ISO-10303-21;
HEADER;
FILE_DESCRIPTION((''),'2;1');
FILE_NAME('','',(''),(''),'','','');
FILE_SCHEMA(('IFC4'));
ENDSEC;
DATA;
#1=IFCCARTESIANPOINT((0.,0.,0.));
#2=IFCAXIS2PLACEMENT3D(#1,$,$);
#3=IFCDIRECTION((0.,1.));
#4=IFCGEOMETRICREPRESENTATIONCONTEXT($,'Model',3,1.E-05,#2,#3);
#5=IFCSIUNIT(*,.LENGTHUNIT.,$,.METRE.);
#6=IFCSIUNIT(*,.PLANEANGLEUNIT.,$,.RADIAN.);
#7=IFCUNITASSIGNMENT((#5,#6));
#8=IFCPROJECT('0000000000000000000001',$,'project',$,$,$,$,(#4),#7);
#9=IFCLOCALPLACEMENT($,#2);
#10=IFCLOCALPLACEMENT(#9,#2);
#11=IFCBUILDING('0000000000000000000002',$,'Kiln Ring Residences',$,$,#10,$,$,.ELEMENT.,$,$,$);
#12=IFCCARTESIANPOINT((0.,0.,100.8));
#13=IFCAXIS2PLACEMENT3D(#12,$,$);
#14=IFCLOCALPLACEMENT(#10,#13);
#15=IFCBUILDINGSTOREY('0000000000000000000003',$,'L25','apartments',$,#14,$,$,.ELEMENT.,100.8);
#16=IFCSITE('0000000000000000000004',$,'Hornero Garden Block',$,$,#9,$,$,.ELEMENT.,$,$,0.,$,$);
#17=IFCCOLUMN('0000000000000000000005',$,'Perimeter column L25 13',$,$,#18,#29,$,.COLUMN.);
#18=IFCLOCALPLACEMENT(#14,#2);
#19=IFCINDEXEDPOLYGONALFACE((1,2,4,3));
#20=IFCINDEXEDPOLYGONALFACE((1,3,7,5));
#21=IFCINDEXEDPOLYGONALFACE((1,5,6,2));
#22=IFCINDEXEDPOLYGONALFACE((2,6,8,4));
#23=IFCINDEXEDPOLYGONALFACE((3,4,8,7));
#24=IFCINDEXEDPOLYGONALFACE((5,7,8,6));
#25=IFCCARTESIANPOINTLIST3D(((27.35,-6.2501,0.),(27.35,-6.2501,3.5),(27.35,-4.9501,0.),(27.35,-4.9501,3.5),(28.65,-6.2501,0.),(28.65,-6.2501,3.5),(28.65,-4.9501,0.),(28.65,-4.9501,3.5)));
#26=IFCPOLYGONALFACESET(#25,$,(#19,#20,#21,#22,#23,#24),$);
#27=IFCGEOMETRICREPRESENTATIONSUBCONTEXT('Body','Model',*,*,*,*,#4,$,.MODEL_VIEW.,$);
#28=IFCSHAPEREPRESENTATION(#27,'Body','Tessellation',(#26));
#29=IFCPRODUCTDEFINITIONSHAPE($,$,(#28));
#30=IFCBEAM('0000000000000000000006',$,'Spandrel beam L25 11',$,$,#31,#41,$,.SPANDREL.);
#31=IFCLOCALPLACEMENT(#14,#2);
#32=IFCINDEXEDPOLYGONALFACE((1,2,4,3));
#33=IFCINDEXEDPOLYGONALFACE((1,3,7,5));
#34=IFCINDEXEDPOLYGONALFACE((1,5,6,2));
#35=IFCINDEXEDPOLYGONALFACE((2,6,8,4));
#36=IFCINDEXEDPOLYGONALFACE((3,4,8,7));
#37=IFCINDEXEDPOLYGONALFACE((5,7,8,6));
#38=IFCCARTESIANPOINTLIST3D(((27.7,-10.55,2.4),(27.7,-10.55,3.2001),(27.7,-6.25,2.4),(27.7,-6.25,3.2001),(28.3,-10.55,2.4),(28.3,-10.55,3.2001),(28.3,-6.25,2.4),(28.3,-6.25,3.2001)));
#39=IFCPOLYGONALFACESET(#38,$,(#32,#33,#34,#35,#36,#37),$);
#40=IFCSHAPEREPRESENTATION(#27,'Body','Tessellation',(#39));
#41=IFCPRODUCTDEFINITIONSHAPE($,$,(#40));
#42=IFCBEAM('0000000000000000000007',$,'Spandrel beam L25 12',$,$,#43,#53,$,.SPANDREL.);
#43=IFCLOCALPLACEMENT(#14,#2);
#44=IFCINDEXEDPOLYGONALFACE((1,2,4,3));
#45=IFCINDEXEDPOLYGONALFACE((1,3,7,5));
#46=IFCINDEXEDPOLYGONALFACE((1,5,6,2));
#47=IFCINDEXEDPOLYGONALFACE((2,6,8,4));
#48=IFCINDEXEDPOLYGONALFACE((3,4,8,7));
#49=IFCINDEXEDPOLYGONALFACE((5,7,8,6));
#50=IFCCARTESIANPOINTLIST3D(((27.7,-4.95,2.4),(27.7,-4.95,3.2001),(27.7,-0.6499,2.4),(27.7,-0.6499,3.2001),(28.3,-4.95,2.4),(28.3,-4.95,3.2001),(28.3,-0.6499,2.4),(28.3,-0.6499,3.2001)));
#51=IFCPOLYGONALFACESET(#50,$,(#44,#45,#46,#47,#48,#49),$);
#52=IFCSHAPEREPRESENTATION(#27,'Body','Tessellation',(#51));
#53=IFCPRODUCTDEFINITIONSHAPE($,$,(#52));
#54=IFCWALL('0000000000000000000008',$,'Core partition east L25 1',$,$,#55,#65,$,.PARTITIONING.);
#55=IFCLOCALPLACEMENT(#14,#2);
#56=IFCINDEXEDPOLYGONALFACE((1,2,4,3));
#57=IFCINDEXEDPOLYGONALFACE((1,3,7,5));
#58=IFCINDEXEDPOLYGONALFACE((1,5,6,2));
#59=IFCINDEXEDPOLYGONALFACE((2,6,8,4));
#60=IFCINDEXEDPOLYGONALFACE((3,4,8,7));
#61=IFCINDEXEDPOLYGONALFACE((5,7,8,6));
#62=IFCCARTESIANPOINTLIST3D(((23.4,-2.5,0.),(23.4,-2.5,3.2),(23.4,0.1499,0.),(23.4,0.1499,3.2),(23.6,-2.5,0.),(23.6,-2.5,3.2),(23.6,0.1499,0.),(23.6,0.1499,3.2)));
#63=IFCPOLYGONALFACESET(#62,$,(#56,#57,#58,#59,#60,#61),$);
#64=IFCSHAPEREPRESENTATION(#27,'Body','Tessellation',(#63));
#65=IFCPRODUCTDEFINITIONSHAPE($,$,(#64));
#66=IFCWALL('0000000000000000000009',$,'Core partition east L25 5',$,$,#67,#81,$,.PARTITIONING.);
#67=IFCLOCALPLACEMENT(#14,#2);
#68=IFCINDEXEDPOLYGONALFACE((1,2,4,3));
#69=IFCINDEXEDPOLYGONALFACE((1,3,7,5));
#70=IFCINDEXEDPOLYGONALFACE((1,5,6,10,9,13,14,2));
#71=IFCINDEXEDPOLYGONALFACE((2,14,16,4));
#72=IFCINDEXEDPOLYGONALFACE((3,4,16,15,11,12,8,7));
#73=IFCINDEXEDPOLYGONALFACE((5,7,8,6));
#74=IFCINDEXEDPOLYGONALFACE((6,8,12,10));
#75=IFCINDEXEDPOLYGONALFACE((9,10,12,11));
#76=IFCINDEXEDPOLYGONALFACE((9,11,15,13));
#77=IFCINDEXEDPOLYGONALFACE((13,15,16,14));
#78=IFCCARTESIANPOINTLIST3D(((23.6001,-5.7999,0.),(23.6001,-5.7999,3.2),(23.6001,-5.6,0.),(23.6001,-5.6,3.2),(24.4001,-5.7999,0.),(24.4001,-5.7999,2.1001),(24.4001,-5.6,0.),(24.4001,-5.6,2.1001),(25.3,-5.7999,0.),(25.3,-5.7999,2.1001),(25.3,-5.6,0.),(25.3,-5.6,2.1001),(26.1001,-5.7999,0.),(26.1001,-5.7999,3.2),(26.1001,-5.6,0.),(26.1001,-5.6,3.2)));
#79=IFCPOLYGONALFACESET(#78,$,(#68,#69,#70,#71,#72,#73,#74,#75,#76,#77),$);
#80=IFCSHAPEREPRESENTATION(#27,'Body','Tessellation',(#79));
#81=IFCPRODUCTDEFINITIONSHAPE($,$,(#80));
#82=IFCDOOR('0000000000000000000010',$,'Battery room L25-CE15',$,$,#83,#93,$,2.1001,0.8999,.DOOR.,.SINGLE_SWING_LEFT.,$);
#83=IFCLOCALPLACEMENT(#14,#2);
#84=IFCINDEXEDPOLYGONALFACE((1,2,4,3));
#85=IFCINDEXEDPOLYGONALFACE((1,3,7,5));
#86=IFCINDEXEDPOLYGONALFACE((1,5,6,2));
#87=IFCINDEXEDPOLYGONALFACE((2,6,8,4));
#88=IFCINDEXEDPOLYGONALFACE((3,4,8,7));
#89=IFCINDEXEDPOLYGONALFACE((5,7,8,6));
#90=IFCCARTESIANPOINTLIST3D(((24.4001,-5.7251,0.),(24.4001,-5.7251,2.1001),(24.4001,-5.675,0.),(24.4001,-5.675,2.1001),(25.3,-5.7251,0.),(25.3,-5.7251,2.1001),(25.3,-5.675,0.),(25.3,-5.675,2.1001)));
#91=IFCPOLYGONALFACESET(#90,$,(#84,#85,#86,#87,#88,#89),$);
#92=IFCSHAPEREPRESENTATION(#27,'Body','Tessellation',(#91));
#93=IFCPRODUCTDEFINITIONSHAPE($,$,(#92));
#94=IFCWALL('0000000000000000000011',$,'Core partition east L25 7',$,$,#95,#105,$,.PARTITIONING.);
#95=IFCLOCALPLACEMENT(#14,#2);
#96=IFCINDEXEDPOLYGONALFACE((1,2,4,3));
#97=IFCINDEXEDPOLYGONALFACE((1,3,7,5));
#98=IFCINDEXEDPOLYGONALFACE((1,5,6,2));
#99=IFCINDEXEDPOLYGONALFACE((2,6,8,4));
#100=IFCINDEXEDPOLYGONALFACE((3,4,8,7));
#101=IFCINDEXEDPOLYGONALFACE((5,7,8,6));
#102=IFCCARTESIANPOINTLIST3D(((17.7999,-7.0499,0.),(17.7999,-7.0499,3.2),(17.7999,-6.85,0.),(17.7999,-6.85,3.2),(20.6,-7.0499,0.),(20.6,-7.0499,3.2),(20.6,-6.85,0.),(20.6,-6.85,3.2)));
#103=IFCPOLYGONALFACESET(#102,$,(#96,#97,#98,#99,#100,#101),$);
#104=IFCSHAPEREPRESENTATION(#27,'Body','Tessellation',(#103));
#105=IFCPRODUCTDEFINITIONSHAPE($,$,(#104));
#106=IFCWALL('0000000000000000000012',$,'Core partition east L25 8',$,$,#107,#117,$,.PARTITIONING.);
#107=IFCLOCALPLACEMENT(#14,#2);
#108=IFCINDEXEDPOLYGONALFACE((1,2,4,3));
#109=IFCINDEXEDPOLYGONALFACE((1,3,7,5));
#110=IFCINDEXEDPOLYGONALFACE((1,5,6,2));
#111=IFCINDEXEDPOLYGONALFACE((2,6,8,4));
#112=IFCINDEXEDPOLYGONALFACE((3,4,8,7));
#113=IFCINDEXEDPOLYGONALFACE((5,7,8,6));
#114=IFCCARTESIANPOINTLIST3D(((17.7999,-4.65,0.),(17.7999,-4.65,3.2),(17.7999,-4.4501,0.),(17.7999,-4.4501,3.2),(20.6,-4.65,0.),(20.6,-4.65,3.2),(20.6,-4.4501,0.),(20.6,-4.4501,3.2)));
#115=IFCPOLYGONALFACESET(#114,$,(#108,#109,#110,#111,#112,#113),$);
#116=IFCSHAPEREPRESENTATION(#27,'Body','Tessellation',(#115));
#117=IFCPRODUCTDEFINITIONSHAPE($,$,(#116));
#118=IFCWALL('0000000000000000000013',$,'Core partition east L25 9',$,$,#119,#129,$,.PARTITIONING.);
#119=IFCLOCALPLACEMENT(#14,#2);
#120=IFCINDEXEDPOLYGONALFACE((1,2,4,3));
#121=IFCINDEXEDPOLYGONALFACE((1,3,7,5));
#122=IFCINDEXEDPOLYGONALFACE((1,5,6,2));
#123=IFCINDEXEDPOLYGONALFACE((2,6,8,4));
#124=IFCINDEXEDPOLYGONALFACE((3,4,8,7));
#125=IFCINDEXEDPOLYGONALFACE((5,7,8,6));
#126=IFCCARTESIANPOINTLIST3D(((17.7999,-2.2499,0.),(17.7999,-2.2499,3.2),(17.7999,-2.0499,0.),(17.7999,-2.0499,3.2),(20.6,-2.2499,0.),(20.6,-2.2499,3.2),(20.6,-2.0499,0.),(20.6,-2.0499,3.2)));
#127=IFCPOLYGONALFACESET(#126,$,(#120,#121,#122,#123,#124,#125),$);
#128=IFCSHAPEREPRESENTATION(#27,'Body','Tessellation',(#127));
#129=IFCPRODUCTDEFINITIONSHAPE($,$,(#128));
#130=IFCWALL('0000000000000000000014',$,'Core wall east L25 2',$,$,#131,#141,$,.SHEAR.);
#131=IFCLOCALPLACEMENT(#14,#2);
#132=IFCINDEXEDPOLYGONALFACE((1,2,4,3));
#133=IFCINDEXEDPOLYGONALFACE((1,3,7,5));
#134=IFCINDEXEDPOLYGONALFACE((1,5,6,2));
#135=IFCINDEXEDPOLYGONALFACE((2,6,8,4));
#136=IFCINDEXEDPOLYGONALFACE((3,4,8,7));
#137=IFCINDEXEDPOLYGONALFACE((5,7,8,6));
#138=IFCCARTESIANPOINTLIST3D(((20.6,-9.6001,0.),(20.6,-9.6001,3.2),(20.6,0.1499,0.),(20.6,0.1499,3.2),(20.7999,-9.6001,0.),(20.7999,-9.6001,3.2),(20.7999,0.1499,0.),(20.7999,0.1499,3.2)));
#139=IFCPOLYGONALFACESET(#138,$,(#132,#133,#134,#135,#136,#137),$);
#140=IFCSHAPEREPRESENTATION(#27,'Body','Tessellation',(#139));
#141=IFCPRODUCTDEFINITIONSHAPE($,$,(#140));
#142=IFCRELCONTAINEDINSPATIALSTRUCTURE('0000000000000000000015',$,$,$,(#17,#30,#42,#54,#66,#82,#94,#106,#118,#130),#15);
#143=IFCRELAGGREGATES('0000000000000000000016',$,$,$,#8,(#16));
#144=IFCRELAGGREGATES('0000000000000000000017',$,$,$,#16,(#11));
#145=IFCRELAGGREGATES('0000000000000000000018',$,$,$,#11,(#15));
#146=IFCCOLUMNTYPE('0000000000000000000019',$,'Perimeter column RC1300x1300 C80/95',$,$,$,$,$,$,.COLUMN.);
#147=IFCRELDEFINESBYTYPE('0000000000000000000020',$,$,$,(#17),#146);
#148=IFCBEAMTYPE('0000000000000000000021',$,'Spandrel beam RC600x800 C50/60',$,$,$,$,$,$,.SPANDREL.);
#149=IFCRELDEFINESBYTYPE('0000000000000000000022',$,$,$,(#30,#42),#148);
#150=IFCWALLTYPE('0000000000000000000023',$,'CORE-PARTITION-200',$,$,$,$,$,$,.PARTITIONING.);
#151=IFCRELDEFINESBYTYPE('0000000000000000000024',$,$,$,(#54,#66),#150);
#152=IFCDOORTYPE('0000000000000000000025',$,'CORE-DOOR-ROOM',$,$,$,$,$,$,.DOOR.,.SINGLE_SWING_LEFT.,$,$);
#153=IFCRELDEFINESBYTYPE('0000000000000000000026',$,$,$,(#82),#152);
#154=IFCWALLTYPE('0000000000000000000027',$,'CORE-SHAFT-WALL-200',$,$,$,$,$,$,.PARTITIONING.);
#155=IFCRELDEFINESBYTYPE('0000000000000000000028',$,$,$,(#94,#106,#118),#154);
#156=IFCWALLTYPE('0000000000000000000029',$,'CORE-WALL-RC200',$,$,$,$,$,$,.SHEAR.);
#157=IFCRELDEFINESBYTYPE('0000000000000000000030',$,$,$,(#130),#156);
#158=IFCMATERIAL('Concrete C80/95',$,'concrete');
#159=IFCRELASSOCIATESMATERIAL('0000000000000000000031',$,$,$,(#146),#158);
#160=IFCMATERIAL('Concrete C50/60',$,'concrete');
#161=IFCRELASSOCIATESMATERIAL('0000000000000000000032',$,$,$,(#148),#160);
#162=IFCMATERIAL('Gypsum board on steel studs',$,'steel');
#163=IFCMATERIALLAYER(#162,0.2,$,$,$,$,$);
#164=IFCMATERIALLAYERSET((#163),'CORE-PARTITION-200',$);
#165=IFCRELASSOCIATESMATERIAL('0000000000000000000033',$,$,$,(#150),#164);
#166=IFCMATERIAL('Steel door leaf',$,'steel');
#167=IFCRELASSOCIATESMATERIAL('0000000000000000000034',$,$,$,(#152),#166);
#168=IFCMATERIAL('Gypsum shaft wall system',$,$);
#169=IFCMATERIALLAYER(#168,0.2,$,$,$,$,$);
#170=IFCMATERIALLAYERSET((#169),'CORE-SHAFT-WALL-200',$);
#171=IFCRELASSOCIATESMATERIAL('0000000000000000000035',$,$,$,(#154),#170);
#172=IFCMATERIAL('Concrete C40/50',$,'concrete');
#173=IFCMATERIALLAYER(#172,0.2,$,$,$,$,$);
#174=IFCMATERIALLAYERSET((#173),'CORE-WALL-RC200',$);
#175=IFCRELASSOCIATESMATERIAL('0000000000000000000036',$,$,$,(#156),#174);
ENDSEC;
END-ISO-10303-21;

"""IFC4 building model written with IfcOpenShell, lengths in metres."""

from ifc_helpers import new_model, si_unit, direction, frame, frame_2d, origin, origin_2d, place, context, subcontext, project, spatial, rectangle, extrude, material, layer, layer_set, material_profile, profile_set, type_object, element, fill, save


model = new_model("IFC4")

# Units and contexts
model_context = context("Model", 3, precision=1e-05, world=origin(), true_north=direction((0.0, 1.0)))
body_context = subcontext(model_context, "Body", "Model", "MODEL_VIEW")
ifc_project = project(units=[si_unit("LENGTHUNIT", "METRE"), si_unit("PLANEANGLEUNIT", "RADIAN")], contexts=[model_context])

# Site, building, storey
site_placement = place(None, origin())
site = spatial("IfcSite", under=ifc_project, at=site_placement, Name="Hornero Garden Block", CompositionType="ELEMENT", RefElevation=0.0)
building_placement = place(site_placement, origin())
building = spatial("IfcBuilding", under=site, at=building_placement, Name="Kiln Ring Residences", CompositionType="ELEMENT")
storey_placement = place(building_placement, frame((0.0, 0.0, 100.8)))
storey = spatial("IfcBuildingStorey", under=building, at=storey_placement, Name="L25", Description="apartments", CompositionType="ELEMENT", Elevation=100.8)

# Column
ifc_material_1 = material(Name="Concrete C80/95", Category="concrete")
ifc_material_profile_1 = material_profile(ifc_material_1, rectangle(XDim=1.3, YDim=1.3, at=origin_2d()), Name="RC1300x1300")
ifc_profile_set_1 = profile_set([ifc_material_profile_1], Name="Concrete C80/95")
column_type = type_object("IfcColumnType", Name="Perimeter column RC1300x1300 C80/95", PredefinedType="COLUMN", material=ifc_profile_set_1)
column_placement = place(storey_placement, frame((28.0, -5.6001, 0.0), z_axis=(0.0, 0.0, 1.0), x_axis=(1.0, 0.0, 0.0)))
element("IfcColumn", 1, at=column_placement, inside=storey, type_object=column_type, Name="Perimeter column L25 13", PredefinedType="COLUMN", context=body_context, shape_type="SweptSolid", body=[
    extrude(rectangle(XDim=1.3, YDim=1.3, at=origin_2d()), origin(), (0.0, 0.0, 1.0), 3.5),
])

# Beams
ifc_material_2 = material(Name="Concrete C50/60", Category="concrete")
ifc_material_profile_2 = material_profile(ifc_material_2, rectangle(XDim=0.6001, YDim=0.8, at=origin_2d()), Name="RC600x800")
ifc_profile_set_2 = profile_set([ifc_material_profile_2], Name="Concrete C50/60")
beam_type = type_object("IfcBeamType", Name="Spandrel beam RC600x800 C50/60", PredefinedType="SPANDREL", material=ifc_profile_set_2)
for number, where, z_axis, x_axis, name in (
    (2, (28.0, -10.55, 2.8), (0.0, 1.0, 0.0), (-1.0, 0.0, 0.0), "Spandrel beam L25 11"),
    (3, (28.0, -4.95, 2.8), (0.0, 1.0, 0.0), (-1.0, 0.0, 0.0), "Spandrel beam L25 12"),
):
    element("IfcBeam", number, at=place(storey_placement, frame(where, z_axis=z_axis, x_axis=x_axis)), inside=storey, type_object=beam_type, Name=name, PredefinedType="SPANDREL", context=body_context, shape_type="SweptSolid", body=[
        extrude(rectangle(XDim=0.6001, YDim=0.8, at=origin_2d()), origin(), (0.0, 0.0, 1.0), 4.3),
    ])

# Wall
ifc_material_3 = material(Name="Gypsum board on steel studs", Category="steel")
ifc_layer_1 = layer(ifc_material_3, 0.2)
ifc_layer_set_1 = layer_set([ifc_layer_1], Name="CORE-PARTITION-200")
wall_type_1 = type_object("IfcWallType", Name="CORE-PARTITION-200", PredefinedType="PARTITIONING", material=ifc_layer_set_1)
wall_1_placement = place(storey_placement, frame((23.5, -2.5, 0.0), z_axis=(0.0, 0.0, 1.0), x_axis=(0.0, 1.0, 0.0)))
element("IfcWall", 4, at=wall_1_placement, inside=storey, type_object=wall_type_1, Name="Core partition east L25 1", PredefinedType="PARTITIONING", context=body_context, shape_type="SweptSolid", body=[
    extrude(rectangle(XDim=2.6499, YDim=0.2, at=frame_2d((1.325, 0.0))), origin(), (0.0, 0.0, 1.0), 3.2),
])

# Wall, opening, door
wall_2_placement = place(storey_placement, frame((23.6001, -5.7, 0.0), z_axis=(0.0, 0.0, 1.0), x_axis=(1.0, 0.0, 0.0)))
wall_2 = element("IfcWall", 5, at=wall_2_placement, inside=storey, type_object=wall_type_1, Name="Core partition east L25 5", PredefinedType="PARTITIONING", context=body_context, shape_type="SweptSolid", body=[
    extrude(rectangle(XDim=2.5, YDim=0.2, at=frame_2d((1.25, 0.0))), origin(), (0.0, 0.0, 1.0), 3.2),
])
opening_1_placement = place(wall_2_placement, frame((0.8, 0.0, 0.0)))
opening_1 = element("IfcOpeningElement", 6, at=opening_1_placement, cuts=wall_2, PredefinedType="OPENING", context=body_context, shape_type="SweptSolid", body=[
    extrude(rectangle(XDim=0.8999, YDim=2.1001, at=frame_2d((0.45, 1.05))), frame((0.0, 0.1099, 0.0), z_axis=(0.0, -1.0, 0.0), x_axis=(1.0, 0.0, 0.0)), (0.0, 0.0, 1.0), 0.22),
])
ifc_material_4 = material(Name="Steel door leaf", Category="steel")
door_type_1 = type_object("IfcDoorType", Name="CORE-DOOR-ROOM", OperationType="SINGLE_SWING_LEFT", PredefinedType="DOOR", material=ifc_material_4)
door_1_placement = place(opening_1_placement, origin())
door_1 = element("IfcDoor", 7, at=door_1_placement, inside=storey, type_object=door_type_1, Name="Battery room L25-CE15", OperationType="SINGLE_SWING_LEFT", OverallHeight=2.1001, OverallWidth=0.8999, PredefinedType="DOOR", context=body_context, shape_type="SweptSolid", body=[
    extrude(rectangle(XDim=0.8999, YDim=2.1001, at=frame_2d((0.45, 1.05))), frame((0.0, 0.0249, 0.0), z_axis=(0.0, -1.0, 0.0), x_axis=(1.0, 0.0, 0.0)), (0.0, 0.0, 1.0), 0.05),
])
fill(opening_1, door_1)

# Walls
ifc_material_5 = material(Name="Gypsum shaft wall system")
ifc_layer_2 = layer(ifc_material_5, 0.2)
ifc_layer_set_2 = layer_set([ifc_layer_2], Name="CORE-SHAFT-WALL-200")
wall_type_2 = type_object("IfcWallType", Name="CORE-SHAFT-WALL-200", PredefinedType="PARTITIONING", material=ifc_layer_set_2)
for number, where, z_axis, x_axis, name in (
    (8, (17.8, -6.95, 0.0), (0.0, 0.0, 1.0), (1.0, 0.0, 0.0), "Core partition east L25 7"),
    (9, (17.8, -4.55, 0.0), (0.0, 0.0, 1.0), (1.0, 0.0, 0.0), "Core partition east L25 8"),
    (10, (17.8, -2.1499, 0.0), (0.0, 0.0, 1.0), (1.0, 0.0, 0.0), "Core partition east L25 9"),
):
    element("IfcWall", number, at=place(storey_placement, frame(where, z_axis=z_axis, x_axis=x_axis)), inside=storey, type_object=wall_type_2, Name=name, PredefinedType="PARTITIONING", context=body_context, shape_type="SweptSolid", body=[
        extrude(rectangle(XDim=2.8, YDim=0.2, at=frame_2d((1.3999, 0.0))), origin(), (0.0, 0.0, 1.0), 3.2),
    ])
ifc_material_6 = material(Name="Concrete C40/50", Category="concrete")
ifc_layer_3 = layer(ifc_material_6, 0.2)
ifc_layer_set_3 = layer_set([ifc_layer_3], Name="CORE-WALL-RC200")
wall_type_3 = type_object("IfcWallType", Name="CORE-WALL-RC200", PredefinedType="SHEAR", material=ifc_layer_set_3)
wall_3_placement = place(storey_placement, frame((20.7, -9.6001, 0.0), z_axis=(0.0, 0.0, 1.0), x_axis=(0.0, 1.0, 0.0)))
element("IfcWall", 11, at=wall_3_placement, inside=storey, type_object=wall_type_3, Name="Core wall east L25 2", PredefinedType="SHEAR", context=body_context, shape_type="SweptSolid", body=[
    extrude(rectangle(XDim=9.75, YDim=0.2, at=frame_2d((4.875, 0.0))), origin(), (0.0, 0.0, 1.0), 3.2),
])

save(model, "model.ifc")
